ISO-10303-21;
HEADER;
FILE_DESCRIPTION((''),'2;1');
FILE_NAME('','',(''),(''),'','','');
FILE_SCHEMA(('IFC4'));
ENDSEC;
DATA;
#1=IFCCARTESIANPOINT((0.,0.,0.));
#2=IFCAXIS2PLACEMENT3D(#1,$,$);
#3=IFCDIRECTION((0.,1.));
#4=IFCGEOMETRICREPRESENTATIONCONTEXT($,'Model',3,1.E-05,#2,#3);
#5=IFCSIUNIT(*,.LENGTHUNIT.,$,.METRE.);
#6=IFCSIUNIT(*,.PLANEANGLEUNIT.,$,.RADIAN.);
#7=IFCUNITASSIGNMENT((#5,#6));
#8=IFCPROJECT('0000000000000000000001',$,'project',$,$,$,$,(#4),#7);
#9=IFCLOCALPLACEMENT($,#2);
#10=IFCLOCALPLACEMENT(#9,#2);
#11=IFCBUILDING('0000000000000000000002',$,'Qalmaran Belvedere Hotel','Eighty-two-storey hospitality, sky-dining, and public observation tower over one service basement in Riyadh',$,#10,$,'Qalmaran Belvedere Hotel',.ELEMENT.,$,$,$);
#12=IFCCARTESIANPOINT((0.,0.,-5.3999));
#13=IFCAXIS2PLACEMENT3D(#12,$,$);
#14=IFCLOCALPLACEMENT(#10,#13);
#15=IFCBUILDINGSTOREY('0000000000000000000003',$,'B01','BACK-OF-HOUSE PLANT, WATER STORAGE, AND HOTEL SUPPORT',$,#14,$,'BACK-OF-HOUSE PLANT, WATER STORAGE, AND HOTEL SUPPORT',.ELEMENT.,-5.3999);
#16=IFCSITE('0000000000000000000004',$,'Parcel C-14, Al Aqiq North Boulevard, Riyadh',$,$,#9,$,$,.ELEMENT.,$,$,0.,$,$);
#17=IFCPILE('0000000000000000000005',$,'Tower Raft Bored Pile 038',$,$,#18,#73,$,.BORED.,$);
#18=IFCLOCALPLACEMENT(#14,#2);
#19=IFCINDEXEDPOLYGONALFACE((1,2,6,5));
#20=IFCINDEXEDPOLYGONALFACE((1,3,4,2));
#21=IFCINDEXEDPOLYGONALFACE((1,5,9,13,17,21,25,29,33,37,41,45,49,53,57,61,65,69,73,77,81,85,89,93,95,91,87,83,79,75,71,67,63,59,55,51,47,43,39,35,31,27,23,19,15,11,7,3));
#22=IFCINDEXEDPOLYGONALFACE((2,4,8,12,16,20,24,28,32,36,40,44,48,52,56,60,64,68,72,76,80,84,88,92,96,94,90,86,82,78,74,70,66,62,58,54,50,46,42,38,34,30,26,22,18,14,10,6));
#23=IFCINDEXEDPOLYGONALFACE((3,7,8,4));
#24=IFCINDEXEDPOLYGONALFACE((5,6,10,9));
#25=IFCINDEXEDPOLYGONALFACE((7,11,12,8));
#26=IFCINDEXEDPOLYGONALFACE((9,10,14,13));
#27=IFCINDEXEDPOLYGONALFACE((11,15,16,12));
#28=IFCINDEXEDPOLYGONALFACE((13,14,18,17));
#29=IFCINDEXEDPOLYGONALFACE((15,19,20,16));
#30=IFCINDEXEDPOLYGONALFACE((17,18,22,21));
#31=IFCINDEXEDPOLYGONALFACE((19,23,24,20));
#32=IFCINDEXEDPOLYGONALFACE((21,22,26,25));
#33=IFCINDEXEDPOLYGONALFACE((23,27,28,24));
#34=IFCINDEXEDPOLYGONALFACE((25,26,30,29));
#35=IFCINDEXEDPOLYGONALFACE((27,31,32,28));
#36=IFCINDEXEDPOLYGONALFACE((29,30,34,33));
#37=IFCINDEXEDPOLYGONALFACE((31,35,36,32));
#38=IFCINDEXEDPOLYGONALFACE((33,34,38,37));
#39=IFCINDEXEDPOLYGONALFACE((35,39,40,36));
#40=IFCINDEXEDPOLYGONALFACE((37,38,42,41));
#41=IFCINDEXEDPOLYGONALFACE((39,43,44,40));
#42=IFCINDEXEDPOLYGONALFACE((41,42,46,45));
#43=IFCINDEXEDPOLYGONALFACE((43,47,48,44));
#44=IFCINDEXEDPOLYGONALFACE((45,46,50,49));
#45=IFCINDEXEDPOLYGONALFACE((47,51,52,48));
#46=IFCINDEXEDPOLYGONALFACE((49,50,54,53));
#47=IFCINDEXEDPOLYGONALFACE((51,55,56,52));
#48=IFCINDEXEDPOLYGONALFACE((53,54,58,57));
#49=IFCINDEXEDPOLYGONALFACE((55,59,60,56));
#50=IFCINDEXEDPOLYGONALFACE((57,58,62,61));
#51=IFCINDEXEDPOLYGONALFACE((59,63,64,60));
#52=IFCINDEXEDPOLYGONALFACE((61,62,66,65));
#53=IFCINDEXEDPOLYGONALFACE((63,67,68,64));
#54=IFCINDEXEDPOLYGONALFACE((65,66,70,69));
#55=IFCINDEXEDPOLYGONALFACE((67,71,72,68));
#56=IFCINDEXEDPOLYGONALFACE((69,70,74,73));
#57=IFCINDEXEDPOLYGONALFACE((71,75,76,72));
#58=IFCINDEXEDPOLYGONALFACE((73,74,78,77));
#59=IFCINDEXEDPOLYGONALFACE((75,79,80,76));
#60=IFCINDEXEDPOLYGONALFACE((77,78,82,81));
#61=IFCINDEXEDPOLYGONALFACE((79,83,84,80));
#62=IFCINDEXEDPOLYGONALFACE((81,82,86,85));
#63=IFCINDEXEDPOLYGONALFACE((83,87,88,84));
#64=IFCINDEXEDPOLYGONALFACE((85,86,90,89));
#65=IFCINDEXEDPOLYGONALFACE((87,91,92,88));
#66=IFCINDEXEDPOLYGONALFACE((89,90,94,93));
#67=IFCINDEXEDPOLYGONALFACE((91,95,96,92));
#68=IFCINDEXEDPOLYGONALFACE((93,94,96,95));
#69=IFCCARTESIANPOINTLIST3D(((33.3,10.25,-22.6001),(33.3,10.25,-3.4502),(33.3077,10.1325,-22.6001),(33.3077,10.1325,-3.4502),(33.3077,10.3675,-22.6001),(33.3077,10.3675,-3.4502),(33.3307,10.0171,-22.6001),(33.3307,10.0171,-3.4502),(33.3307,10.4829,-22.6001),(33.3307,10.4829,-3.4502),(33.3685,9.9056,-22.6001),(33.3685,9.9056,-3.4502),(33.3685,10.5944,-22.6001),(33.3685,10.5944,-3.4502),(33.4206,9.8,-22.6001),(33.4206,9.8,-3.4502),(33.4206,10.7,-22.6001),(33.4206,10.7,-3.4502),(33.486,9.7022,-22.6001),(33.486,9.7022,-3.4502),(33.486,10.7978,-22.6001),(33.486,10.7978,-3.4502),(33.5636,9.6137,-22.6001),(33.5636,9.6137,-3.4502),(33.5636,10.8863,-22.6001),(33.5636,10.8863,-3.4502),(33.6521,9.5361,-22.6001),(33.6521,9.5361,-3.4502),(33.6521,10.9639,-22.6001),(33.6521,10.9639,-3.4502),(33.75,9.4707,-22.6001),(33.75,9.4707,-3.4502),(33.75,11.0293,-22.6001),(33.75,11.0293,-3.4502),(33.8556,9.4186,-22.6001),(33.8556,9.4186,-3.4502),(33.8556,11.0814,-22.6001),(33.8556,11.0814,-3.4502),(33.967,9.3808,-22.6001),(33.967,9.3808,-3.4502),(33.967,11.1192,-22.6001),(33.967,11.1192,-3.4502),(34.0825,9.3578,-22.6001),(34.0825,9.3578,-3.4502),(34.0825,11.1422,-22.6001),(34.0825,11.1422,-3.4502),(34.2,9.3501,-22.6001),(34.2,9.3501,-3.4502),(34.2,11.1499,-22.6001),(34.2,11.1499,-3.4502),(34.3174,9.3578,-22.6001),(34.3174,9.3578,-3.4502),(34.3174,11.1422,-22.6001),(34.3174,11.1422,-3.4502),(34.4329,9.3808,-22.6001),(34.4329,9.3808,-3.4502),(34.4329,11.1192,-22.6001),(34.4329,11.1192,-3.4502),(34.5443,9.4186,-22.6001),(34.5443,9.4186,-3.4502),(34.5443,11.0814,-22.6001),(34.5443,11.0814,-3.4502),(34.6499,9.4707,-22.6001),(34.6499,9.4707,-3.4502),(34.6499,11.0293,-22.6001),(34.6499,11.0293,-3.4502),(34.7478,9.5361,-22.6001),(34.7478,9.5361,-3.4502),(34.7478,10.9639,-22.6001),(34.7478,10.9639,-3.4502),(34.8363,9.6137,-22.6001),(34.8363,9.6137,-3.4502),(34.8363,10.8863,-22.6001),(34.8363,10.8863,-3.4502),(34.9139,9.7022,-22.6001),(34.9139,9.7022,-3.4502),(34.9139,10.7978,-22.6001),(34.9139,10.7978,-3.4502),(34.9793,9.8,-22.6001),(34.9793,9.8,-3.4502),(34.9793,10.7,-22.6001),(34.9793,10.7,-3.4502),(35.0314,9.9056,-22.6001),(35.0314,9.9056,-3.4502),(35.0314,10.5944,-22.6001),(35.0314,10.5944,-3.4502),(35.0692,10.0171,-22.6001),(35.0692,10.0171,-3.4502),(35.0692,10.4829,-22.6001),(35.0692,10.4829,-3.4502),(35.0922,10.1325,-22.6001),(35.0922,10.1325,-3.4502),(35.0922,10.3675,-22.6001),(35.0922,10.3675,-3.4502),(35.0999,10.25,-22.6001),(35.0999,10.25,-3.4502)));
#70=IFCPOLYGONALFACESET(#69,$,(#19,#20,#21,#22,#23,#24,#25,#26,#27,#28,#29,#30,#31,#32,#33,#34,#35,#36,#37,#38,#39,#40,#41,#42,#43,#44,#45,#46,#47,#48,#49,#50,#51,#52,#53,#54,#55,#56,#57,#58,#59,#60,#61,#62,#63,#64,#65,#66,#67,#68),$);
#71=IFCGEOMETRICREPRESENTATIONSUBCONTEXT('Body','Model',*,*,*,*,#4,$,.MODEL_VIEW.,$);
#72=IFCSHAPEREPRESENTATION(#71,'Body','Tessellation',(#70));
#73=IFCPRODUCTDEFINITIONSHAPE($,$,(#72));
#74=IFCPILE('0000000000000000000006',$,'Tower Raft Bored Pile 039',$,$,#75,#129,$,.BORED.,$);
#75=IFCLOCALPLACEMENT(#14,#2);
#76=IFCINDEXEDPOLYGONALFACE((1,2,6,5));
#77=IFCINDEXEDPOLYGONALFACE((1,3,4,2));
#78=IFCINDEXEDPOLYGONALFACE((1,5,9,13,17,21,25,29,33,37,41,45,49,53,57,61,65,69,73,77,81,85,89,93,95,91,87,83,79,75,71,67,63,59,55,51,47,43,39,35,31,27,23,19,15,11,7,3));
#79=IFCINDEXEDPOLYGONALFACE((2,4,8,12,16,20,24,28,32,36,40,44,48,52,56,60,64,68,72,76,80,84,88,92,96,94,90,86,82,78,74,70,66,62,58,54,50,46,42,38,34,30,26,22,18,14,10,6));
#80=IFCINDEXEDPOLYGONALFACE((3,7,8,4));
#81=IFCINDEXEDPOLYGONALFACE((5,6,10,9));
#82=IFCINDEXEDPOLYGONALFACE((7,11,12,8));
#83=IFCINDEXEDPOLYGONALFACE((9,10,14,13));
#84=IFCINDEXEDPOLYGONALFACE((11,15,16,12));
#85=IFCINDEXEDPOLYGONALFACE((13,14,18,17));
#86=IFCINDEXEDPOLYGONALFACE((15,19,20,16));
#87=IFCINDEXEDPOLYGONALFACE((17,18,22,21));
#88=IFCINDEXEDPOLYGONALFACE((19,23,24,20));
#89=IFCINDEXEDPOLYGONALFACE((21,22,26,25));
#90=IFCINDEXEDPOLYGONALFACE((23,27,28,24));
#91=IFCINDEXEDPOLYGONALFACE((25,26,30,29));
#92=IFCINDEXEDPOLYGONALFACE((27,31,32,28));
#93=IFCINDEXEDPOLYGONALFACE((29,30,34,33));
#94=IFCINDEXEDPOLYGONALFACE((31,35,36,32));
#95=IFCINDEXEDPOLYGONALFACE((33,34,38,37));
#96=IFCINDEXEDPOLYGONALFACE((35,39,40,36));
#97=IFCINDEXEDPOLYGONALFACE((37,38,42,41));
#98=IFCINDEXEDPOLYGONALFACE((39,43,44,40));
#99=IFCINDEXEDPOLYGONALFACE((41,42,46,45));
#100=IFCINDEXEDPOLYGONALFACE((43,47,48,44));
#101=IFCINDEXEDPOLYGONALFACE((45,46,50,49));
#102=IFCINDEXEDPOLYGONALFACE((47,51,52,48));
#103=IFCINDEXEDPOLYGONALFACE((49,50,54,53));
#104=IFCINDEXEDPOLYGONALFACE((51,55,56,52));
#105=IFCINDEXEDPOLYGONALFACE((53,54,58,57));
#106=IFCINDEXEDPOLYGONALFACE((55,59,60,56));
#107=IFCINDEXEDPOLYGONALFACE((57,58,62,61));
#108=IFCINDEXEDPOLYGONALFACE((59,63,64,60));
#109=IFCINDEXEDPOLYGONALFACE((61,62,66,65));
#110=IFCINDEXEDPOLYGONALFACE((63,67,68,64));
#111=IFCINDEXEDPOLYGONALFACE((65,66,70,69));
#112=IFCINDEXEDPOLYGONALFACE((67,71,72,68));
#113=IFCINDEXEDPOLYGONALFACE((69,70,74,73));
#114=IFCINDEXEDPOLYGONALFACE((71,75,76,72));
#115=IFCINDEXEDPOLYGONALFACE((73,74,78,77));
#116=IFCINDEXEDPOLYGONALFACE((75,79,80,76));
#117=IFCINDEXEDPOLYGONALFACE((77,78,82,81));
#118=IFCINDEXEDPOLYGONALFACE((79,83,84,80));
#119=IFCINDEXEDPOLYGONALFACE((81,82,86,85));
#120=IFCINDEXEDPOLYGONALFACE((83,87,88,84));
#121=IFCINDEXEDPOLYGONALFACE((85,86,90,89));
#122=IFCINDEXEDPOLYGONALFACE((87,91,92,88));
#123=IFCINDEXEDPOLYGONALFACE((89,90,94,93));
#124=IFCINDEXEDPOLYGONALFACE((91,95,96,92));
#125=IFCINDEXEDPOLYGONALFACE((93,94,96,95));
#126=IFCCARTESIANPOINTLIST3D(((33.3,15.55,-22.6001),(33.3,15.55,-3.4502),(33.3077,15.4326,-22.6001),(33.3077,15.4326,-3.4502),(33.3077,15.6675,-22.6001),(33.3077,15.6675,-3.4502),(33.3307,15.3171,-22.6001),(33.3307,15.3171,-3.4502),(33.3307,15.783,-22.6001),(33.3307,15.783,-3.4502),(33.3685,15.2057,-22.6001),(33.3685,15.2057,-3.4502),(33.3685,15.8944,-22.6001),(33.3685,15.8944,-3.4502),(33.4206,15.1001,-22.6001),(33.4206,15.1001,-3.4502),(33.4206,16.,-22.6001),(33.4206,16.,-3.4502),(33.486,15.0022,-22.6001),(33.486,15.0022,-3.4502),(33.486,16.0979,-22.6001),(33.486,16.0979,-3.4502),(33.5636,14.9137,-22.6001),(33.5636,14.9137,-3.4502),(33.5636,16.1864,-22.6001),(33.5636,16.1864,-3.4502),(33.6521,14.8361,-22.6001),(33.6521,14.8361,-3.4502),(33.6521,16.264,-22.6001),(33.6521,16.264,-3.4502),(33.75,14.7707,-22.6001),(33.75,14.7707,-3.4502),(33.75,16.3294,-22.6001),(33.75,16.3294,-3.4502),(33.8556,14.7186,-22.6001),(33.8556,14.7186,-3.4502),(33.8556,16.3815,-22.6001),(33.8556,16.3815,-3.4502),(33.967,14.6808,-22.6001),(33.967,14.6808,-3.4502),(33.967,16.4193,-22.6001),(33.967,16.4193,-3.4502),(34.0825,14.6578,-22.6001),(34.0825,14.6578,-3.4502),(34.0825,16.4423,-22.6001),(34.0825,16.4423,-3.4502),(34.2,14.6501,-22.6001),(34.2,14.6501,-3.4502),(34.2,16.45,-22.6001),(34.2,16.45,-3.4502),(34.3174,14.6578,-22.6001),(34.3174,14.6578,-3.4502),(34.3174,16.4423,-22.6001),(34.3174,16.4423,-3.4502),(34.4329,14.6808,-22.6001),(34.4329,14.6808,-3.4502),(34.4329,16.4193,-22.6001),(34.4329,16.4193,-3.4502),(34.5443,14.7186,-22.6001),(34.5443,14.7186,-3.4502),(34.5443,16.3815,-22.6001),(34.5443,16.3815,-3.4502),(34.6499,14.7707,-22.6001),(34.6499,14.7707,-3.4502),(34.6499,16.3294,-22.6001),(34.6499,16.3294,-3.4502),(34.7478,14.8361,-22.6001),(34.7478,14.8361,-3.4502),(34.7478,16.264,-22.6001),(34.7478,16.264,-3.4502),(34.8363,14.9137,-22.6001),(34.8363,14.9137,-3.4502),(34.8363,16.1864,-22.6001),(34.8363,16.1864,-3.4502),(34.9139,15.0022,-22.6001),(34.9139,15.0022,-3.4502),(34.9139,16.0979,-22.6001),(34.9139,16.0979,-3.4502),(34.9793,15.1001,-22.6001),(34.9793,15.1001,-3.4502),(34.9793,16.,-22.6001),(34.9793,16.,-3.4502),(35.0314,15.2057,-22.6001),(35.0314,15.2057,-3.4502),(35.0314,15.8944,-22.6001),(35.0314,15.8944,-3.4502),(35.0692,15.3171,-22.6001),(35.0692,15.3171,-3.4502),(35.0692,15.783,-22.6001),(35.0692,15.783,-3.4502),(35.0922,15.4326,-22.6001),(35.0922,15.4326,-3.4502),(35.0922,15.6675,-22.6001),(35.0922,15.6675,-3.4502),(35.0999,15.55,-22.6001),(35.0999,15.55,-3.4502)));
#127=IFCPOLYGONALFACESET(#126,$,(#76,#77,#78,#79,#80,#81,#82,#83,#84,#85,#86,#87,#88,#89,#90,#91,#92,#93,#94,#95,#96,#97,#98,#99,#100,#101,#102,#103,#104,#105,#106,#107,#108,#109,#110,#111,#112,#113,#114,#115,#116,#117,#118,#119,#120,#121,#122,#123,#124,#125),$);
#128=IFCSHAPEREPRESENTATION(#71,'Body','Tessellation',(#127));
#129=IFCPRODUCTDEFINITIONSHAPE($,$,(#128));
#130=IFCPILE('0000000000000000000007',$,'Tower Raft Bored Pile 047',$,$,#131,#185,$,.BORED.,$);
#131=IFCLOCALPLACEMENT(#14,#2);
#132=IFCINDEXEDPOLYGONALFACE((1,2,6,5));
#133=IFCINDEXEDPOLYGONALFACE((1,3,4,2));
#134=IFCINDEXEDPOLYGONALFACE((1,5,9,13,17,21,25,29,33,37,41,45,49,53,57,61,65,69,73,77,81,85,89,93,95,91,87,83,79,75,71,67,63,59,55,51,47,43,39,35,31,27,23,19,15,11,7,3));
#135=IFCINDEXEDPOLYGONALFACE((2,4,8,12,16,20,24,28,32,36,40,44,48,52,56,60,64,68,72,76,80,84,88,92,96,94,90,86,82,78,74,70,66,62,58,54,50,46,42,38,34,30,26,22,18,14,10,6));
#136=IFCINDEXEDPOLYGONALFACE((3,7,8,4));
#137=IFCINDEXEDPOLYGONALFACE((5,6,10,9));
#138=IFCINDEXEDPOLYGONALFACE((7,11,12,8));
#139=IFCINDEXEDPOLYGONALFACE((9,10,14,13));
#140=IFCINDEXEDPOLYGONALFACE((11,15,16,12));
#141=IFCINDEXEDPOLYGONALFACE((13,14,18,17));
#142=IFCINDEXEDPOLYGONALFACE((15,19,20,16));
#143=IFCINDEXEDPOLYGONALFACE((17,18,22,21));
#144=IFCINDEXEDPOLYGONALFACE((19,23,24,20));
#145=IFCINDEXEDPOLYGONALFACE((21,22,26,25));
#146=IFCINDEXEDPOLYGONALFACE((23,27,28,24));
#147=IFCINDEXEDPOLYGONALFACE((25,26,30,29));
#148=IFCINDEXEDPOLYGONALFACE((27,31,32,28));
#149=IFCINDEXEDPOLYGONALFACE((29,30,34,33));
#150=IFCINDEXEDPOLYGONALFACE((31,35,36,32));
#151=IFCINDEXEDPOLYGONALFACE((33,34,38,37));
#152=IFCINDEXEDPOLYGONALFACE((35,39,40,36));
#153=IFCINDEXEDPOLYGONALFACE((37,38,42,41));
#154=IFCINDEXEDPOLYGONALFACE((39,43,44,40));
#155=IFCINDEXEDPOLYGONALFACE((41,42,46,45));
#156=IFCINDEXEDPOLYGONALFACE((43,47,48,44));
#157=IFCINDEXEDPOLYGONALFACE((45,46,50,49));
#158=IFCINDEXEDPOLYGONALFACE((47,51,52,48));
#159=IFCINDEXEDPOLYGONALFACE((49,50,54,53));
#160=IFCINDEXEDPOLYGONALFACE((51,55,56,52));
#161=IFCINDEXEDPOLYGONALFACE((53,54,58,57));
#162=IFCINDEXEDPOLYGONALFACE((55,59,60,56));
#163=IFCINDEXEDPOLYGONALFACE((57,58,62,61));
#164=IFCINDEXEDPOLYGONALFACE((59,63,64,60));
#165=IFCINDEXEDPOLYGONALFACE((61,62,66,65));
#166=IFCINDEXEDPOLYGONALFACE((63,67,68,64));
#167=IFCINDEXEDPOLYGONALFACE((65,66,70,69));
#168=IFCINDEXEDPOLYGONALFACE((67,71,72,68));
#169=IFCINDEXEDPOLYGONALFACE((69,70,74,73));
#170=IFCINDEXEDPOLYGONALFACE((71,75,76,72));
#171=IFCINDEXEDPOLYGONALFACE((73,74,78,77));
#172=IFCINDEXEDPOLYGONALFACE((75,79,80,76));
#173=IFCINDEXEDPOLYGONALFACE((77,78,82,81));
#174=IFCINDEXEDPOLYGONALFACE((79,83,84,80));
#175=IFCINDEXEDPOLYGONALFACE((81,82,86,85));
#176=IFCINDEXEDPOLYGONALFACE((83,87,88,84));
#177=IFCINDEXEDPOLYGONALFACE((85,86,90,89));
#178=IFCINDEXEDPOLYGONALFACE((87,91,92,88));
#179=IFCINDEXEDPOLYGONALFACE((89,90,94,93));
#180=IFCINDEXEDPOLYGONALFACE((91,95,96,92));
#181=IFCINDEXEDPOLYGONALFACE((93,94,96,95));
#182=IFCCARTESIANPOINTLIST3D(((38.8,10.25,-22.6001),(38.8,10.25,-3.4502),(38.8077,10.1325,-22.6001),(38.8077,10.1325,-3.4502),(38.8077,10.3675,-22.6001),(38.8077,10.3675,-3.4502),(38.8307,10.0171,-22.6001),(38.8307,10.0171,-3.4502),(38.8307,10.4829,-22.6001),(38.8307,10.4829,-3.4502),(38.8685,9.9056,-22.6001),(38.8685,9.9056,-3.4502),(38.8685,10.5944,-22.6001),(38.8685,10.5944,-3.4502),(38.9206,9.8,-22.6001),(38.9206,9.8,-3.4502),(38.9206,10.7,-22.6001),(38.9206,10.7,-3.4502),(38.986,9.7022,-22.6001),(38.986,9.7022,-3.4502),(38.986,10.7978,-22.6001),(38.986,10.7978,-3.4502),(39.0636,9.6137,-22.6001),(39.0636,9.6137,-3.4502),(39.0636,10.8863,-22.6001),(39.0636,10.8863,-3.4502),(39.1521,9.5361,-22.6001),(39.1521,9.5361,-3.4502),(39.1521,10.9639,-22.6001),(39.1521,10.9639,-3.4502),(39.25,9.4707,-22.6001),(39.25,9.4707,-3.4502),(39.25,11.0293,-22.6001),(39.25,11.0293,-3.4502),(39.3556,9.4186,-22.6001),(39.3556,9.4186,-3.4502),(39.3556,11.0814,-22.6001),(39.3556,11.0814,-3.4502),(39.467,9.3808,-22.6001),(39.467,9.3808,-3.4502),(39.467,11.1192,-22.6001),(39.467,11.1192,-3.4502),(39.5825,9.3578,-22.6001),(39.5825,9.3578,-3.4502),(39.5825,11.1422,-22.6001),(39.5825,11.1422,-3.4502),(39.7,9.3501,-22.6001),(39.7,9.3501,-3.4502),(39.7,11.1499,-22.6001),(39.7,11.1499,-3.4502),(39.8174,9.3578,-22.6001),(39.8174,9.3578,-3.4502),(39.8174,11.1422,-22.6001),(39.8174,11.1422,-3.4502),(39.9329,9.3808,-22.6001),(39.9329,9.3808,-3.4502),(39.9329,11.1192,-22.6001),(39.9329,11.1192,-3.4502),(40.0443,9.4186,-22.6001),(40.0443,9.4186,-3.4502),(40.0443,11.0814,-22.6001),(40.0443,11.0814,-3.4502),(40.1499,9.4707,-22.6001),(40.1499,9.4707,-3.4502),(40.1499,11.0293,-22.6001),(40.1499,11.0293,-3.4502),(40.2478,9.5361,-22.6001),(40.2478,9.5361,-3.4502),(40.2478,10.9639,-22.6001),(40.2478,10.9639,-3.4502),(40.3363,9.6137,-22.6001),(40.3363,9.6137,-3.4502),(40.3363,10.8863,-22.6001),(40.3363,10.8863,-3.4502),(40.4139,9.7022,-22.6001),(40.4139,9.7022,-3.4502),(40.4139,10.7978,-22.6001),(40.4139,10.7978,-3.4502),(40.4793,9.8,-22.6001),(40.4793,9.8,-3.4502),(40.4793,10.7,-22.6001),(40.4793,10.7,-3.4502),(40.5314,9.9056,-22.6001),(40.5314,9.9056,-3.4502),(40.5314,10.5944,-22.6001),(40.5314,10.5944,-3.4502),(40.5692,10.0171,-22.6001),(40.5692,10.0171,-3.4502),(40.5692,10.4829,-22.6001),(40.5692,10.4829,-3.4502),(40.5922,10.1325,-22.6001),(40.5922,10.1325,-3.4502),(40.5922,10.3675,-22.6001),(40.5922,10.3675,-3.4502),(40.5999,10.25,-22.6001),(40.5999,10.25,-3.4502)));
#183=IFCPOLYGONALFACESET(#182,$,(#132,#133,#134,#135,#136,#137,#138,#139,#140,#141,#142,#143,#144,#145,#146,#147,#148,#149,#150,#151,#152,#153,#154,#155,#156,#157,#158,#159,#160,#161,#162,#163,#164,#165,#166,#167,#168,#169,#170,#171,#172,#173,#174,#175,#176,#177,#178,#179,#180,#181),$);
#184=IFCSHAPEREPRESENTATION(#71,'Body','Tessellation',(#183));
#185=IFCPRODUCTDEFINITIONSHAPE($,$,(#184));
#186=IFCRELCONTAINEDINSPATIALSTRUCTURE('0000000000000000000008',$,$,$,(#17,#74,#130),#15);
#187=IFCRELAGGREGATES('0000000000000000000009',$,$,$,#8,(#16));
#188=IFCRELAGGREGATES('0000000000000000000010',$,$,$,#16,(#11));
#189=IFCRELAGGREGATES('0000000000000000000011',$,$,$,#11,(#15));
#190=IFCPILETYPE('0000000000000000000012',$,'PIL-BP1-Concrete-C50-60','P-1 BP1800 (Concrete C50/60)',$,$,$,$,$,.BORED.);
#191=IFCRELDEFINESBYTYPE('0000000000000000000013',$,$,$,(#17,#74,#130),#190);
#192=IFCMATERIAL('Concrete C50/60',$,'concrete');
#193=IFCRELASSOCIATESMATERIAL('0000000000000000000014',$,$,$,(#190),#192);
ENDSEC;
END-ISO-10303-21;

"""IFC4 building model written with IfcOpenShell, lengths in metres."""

from ifc_helpers import new_model, si_unit, direction, frame, origin, origin_2d, place, context, subcontext, project, spatial, circle, extrude, material, material_profile, profile_set, type_object, element, save


model = new_model("IFC4")

# Units and contexts
model_context = context("Model", 3, precision=1e-05, world=origin(), true_north=direction((0.0, 1.0)))
body_context = subcontext(model_context, "Body", "Model", "MODEL_VIEW")
ifc_project = project(units=[si_unit("LENGTHUNIT", "METRE"), si_unit("PLANEANGLEUNIT", "RADIAN")], contexts=[model_context])

# Site, building, storey
site_placement = place(None, origin())
site = spatial("IfcSite", under=ifc_project, at=site_placement, Name="Parcel C-14, Al Aqiq North Boulevard, Riyadh", CompositionType="ELEMENT", RefElevation=0.0)
building_placement = place(site_placement, origin())
building = spatial("IfcBuilding", under=site, at=building_placement, Name="Qalmaran Belvedere Hotel", Description="Eighty-two-storey hospitality, sky-dining, and public observation tower over one service basement in Riyadh", LongName="Qalmaran Belvedere Hotel", CompositionType="ELEMENT")
storey_placement = place(building_placement, frame((0.0, 0.0, -5.3999)))
storey = spatial("IfcBuildingStorey", under=building, at=storey_placement, Name="B01", Description="BACK-OF-HOUSE PLANT, WATER STORAGE, AND HOTEL SUPPORT", LongName="BACK-OF-HOUSE PLANT, WATER STORAGE, AND HOTEL SUPPORT", CompositionType="ELEMENT", Elevation=-5.3999)

# Piles
ifc_material_1 = material(Name="Concrete C50/60", Category="concrete")
ifc_material_profile = material_profile(ifc_material_1, circle(Radius=0.8999, at=origin_2d()), Name="BP1800")
ifc_profile_set = profile_set([ifc_material_profile], Name="Concrete C50/60")
pile_type = type_object("IfcPileType", Name="PIL-BP1-Concrete-C50-60", Description="P-1 BP1800 (Concrete C50/60)", PredefinedType="BORED", material=ifc_profile_set)
for number, where, z_axis, x_axis, name in (
    (1, (34.2, 10.25, -3.4502), (0.0, 0.0, -1.0), (1.0, 0.0, 0.0), "Tower Raft Bored Pile 038"),
    (2, (34.2, 15.55, -3.4502), (0.0, 0.0, -1.0), (1.0, 0.0, 0.0), "Tower Raft Bored Pile 039"),
    (3, (39.7, 10.25, -3.4502), (0.0, 0.0, -1.0), (1.0, 0.0, 0.0), "Tower Raft Bored Pile 047"),
):
    element("IfcPile", number, at=place(storey_placement, frame(where, z_axis=z_axis, x_axis=x_axis)), inside=storey, type_object=pile_type, Name=name, PredefinedType="BORED", context=body_context, shape_type="SweptSolid", body=[
        extrude(circle(Radius=0.8999, at=origin_2d()), origin(), (0.0, 0.0, 1.0), 19.1499),
    ])

save(model, "model.ifc")
